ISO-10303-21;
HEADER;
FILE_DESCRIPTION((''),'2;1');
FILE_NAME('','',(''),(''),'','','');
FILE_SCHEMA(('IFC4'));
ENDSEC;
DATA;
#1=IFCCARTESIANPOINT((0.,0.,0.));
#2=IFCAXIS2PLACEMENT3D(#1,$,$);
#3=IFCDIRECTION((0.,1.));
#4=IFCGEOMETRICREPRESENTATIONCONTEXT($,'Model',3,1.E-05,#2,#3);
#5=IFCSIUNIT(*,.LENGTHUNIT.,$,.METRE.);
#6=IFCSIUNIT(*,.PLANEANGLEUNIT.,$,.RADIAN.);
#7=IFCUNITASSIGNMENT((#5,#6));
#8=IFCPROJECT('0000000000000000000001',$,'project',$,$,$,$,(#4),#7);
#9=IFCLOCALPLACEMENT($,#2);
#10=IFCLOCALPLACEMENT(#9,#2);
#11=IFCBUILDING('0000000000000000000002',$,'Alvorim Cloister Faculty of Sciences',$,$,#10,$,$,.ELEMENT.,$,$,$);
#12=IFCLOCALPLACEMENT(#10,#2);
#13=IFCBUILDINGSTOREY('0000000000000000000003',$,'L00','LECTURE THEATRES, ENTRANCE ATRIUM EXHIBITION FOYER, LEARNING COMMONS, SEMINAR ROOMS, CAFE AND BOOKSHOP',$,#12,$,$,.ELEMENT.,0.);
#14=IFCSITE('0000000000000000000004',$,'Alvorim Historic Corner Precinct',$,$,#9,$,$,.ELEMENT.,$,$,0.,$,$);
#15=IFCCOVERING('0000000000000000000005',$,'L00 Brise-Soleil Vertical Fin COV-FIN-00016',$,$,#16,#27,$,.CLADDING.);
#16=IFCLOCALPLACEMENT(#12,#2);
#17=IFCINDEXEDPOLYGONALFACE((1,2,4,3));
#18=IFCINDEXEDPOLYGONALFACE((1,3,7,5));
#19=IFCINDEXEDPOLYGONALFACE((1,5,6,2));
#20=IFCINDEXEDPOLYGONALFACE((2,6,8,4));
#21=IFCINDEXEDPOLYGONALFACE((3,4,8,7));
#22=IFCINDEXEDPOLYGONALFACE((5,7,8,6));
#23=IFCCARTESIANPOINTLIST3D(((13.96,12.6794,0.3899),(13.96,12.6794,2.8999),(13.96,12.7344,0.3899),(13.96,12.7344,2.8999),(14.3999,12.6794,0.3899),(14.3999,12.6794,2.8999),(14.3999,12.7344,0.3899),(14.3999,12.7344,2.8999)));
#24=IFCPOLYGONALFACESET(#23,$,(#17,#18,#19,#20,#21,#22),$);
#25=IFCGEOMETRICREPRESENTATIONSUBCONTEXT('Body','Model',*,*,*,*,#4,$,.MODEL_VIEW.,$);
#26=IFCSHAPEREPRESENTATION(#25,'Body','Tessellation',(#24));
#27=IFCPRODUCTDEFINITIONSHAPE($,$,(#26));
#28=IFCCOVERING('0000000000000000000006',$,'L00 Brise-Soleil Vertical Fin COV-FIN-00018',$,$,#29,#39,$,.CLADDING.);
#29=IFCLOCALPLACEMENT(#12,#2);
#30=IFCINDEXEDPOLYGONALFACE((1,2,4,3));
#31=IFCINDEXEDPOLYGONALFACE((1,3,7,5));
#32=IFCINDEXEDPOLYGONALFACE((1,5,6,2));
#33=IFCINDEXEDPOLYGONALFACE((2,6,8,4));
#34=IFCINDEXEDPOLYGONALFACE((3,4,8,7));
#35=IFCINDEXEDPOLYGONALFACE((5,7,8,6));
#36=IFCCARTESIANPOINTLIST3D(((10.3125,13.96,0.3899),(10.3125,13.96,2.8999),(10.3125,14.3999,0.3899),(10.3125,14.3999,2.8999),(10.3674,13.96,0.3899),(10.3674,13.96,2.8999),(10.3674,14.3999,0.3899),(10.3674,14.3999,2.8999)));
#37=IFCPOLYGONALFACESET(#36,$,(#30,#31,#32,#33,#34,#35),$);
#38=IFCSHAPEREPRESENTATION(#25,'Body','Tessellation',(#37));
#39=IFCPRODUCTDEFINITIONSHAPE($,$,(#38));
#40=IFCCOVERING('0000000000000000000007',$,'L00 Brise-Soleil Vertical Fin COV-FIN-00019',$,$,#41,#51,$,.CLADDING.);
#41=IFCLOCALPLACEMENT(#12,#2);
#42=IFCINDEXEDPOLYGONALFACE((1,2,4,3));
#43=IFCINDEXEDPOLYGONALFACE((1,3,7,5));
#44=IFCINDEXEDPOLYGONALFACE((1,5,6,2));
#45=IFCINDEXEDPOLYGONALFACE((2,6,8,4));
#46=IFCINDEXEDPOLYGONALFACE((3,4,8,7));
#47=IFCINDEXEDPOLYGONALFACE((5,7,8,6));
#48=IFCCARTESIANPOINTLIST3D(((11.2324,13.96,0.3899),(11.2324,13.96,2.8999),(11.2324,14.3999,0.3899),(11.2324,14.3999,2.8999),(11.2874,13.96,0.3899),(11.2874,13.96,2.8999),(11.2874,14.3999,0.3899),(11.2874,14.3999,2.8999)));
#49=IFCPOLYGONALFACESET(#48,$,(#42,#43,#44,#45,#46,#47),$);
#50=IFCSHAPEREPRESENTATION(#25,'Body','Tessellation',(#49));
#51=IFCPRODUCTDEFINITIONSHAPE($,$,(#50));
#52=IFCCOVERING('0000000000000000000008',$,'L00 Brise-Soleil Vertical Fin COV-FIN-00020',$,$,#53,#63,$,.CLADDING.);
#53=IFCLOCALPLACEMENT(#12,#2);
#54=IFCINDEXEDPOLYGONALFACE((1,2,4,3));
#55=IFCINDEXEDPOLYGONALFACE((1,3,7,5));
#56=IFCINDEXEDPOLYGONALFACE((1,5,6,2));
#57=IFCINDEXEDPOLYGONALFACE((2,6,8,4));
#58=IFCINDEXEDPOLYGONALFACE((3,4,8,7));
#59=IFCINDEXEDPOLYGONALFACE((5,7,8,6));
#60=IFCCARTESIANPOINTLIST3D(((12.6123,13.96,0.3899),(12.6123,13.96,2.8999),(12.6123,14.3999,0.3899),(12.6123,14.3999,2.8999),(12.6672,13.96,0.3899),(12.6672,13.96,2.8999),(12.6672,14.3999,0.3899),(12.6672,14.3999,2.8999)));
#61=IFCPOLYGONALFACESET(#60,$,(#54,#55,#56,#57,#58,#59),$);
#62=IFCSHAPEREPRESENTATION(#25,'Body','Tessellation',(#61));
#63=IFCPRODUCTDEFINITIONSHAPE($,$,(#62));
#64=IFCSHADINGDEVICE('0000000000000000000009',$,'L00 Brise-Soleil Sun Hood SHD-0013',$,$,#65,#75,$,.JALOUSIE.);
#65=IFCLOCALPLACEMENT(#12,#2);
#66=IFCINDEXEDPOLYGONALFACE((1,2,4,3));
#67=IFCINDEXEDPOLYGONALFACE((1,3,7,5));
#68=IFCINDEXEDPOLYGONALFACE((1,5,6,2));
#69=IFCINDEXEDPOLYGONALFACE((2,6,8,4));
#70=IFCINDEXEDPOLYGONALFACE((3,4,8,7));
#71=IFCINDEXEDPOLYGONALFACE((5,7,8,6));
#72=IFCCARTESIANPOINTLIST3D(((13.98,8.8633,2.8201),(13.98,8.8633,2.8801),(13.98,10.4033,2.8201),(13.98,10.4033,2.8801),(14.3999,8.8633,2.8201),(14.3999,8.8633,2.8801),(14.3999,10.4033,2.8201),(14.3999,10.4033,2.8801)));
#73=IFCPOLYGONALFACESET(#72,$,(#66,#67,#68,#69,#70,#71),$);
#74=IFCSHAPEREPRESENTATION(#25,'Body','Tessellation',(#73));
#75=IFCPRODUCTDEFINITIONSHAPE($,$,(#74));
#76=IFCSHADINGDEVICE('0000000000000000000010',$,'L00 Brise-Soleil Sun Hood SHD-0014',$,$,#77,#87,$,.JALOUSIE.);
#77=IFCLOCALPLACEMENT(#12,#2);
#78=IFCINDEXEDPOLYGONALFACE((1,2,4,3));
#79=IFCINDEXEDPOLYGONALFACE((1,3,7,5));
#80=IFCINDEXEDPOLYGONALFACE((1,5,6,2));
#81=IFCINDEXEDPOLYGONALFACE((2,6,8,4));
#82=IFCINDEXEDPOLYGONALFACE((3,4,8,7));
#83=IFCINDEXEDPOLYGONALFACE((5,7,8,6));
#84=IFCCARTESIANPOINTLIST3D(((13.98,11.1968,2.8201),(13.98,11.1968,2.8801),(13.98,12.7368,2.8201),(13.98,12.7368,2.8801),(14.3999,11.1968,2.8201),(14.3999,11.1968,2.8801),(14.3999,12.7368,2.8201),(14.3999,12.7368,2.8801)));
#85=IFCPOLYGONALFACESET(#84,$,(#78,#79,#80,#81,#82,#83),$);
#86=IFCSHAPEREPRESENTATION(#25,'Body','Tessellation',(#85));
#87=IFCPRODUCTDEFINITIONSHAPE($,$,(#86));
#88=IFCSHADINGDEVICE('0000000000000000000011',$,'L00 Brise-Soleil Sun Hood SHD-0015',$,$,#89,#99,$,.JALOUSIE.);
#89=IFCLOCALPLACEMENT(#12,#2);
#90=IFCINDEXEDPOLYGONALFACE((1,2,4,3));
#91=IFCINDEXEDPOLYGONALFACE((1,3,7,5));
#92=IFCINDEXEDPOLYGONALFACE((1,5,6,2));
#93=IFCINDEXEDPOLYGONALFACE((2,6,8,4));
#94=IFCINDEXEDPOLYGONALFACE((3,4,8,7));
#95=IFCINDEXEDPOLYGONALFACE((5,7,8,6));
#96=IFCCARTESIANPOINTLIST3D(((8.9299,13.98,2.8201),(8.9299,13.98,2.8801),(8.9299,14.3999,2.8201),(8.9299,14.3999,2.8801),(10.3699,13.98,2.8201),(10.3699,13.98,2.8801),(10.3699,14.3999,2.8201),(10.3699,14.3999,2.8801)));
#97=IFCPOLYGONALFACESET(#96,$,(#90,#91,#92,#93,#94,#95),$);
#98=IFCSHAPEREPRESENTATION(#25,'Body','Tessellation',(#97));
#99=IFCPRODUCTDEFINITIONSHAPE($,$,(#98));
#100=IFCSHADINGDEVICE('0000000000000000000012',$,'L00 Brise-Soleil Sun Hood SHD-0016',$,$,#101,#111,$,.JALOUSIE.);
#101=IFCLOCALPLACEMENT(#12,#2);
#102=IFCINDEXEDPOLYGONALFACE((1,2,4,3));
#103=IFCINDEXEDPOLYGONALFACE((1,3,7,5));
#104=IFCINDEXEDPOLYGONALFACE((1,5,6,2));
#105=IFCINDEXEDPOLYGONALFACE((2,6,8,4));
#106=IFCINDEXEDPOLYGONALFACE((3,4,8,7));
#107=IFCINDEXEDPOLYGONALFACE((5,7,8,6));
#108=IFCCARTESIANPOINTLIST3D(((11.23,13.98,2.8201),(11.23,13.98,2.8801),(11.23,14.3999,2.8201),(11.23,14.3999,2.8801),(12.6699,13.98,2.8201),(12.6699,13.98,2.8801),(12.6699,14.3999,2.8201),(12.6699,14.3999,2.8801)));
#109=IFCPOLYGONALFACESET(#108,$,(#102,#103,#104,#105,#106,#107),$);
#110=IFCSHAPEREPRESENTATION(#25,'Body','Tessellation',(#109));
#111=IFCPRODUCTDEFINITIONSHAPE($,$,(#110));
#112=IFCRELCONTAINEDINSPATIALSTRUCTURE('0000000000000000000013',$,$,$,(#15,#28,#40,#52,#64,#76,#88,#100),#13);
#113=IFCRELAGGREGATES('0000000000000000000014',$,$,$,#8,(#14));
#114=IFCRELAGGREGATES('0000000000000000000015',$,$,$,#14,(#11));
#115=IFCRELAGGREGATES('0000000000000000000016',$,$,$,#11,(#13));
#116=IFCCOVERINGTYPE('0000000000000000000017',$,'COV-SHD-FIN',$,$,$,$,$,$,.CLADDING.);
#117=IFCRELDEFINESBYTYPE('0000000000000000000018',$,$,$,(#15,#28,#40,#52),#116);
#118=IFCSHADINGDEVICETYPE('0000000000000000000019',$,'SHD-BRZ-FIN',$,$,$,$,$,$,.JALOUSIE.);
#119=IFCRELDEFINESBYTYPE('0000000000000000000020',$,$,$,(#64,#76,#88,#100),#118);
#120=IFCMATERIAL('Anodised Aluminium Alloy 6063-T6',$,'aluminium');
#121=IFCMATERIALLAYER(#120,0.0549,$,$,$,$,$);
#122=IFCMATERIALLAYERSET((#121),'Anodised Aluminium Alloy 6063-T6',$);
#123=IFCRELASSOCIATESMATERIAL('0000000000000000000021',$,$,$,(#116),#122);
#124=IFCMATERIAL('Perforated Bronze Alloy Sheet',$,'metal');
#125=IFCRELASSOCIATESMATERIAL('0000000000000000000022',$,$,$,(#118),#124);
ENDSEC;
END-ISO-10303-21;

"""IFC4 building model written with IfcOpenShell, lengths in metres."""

from ifc_helpers import new_model, si_unit, direction, frame, origin, origin_2d, place, context, subcontext, project, spatial, polyline, rectangle, outline, extrude, material, layer, layer_set, type_object, element, save


model = new_model("IFC4")

# Units and contexts
model_context = context("Model", 3, precision=1e-05, world=origin(), true_north=direction((0.0, 1.0)))
body_context = subcontext(model_context, "Body", "Model", "MODEL_VIEW")
ifc_project = project(units=[si_unit("LENGTHUNIT", "METRE"), si_unit("PLANEANGLEUNIT", "RADIAN")], contexts=[model_context])

# Site, building, storey
site_placement = place(None, origin())
site = spatial("IfcSite", under=ifc_project, at=site_placement, Name="Alvorim Historic Corner Precinct", CompositionType="ELEMENT", RefElevation=0.0)
building_placement = place(site_placement, origin())
building = spatial("IfcBuilding", under=site, at=building_placement, Name="Alvorim Cloister Faculty of Sciences", CompositionType="ELEMENT")
storey_placement = place(building_placement, origin())
storey = spatial("IfcBuildingStorey", under=building, at=storey_placement, Name="L00", Description="LECTURE THEATRES, ENTRANCE ATRIUM EXHIBITION FOYER, LEARNING COMMONS, SEMINAR ROOMS, CAFE AND BOOKSHOP", CompositionType="ELEMENT", Elevation=0.0)

# Coverings
ifc_material_1 = material(Name="Anodised Aluminium Alloy 6063-T6", Category="aluminium")
ifc_layer_1 = layer(ifc_material_1, 0.0549)
ifc_layer_set_1 = layer_set([ifc_layer_1], Name="Anodised Aluminium Alloy 6063-T6")
covering_type = type_object("IfcCoveringType", Name="COV-SHD-FIN", PredefinedType="CLADDING", material=ifc_layer_set_1)
for number, where, z_axis, x_axis, name in (
    (1, (14.3999, 12.7068, 0.3899), (0.0, 0.0, 1.0), (-1.0, 0.0, 0.0), "L00 Brise-Soleil Vertical Fin COV-FIN-00016"),
    (2, (10.3401, 14.3999, 0.3899), (0.0, 0.0, 1.0), (0.0, -1.0, 0.0), "L00 Brise-Soleil Vertical Fin COV-FIN-00018"),
    (3, (11.26, 14.3999, 0.3899), (0.0, 0.0, 1.0), (0.0, -1.0, 0.0), "L00 Brise-Soleil Vertical Fin COV-FIN-00019"),
    (4, (12.6399, 14.3999, 0.3899), (0.0, 0.0, 1.0), (0.0, -1.0, 0.0), "L00 Brise-Soleil Vertical Fin COV-FIN-00020"),
):
    element("IfcCovering", number, at=place(storey_placement, frame(where, z_axis=z_axis, x_axis=x_axis)), inside=storey, type_object=covering_type, Name=name, PredefinedType="CLADDING", context=body_context, shape_type="SweptSolid", body=[
        extrude(outline(polyline([(0.0, 0.0), (0.4399, 0.0), (0.4399, 2.51), (0.0, 2.51), (0.0, 0.0)])), frame((0.0, 0.0273, 0.0), z_axis=(0.0, -1.0, 0.0), x_axis=(1.0, 0.0, 0.0)), (0.0, 0.0, 1.0), 0.0549),
    ])

# Shading devices
ifc_material_2 = material(Name="Perforated Bronze Alloy Sheet", Category="metal")
shading_device_type = type_object("IfcShadingDeviceType", Name="SHD-BRZ-FIN", PredefinedType="JALOUSIE", material=ifc_material_2)
for number, where, z_axis, x_axis, name in (
    (5, (14.1899, 9.6333, 2.8201), (0.0, 0.0, 1.0), (1.0, 0.0, 0.0), "L00 Brise-Soleil Sun Hood SHD-0013"),
    (6, (14.1899, 11.9668, 2.8201), (0.0, 0.0, 1.0), (1.0, 0.0, 0.0), "L00 Brise-Soleil Sun Hood SHD-0014"),
):
    element("IfcShadingDevice", number, at=place(storey_placement, frame(where, z_axis=z_axis, x_axis=x_axis)), inside=storey, type_object=shading_device_type, Name=name, PredefinedType="JALOUSIE", context=body_context, shape_type="SweptSolid", body=[
        extrude(rectangle(XDim=0.4199, YDim=1.54, at=origin_2d()), origin(), (0.0, 0.0, 1.0), 0.0601),
    ])
for number, where, z_axis, x_axis, name in (
    (7, (9.6499, 14.1899, 2.8201), (0.0, 0.0, 1.0), (1.0, 0.0, 0.0), "L00 Brise-Soleil Sun Hood SHD-0015"),
    (8, (11.95, 14.1899, 2.8201), (0.0, 0.0, 1.0), (1.0, 0.0, 0.0), "L00 Brise-Soleil Sun Hood SHD-0016"),
):
    element("IfcShadingDevice", number, at=place(storey_placement, frame(where, z_axis=z_axis, x_axis=x_axis)), inside=storey, type_object=shading_device_type, Name=name, PredefinedType="JALOUSIE", context=body_context, shape_type="SweptSolid", body=[
        extrude(rectangle(XDim=1.4399, YDim=0.4199, at=origin_2d()), origin(), (0.0, 0.0, 1.0), 0.0601),
    ])

save(model, "model.ifc")
